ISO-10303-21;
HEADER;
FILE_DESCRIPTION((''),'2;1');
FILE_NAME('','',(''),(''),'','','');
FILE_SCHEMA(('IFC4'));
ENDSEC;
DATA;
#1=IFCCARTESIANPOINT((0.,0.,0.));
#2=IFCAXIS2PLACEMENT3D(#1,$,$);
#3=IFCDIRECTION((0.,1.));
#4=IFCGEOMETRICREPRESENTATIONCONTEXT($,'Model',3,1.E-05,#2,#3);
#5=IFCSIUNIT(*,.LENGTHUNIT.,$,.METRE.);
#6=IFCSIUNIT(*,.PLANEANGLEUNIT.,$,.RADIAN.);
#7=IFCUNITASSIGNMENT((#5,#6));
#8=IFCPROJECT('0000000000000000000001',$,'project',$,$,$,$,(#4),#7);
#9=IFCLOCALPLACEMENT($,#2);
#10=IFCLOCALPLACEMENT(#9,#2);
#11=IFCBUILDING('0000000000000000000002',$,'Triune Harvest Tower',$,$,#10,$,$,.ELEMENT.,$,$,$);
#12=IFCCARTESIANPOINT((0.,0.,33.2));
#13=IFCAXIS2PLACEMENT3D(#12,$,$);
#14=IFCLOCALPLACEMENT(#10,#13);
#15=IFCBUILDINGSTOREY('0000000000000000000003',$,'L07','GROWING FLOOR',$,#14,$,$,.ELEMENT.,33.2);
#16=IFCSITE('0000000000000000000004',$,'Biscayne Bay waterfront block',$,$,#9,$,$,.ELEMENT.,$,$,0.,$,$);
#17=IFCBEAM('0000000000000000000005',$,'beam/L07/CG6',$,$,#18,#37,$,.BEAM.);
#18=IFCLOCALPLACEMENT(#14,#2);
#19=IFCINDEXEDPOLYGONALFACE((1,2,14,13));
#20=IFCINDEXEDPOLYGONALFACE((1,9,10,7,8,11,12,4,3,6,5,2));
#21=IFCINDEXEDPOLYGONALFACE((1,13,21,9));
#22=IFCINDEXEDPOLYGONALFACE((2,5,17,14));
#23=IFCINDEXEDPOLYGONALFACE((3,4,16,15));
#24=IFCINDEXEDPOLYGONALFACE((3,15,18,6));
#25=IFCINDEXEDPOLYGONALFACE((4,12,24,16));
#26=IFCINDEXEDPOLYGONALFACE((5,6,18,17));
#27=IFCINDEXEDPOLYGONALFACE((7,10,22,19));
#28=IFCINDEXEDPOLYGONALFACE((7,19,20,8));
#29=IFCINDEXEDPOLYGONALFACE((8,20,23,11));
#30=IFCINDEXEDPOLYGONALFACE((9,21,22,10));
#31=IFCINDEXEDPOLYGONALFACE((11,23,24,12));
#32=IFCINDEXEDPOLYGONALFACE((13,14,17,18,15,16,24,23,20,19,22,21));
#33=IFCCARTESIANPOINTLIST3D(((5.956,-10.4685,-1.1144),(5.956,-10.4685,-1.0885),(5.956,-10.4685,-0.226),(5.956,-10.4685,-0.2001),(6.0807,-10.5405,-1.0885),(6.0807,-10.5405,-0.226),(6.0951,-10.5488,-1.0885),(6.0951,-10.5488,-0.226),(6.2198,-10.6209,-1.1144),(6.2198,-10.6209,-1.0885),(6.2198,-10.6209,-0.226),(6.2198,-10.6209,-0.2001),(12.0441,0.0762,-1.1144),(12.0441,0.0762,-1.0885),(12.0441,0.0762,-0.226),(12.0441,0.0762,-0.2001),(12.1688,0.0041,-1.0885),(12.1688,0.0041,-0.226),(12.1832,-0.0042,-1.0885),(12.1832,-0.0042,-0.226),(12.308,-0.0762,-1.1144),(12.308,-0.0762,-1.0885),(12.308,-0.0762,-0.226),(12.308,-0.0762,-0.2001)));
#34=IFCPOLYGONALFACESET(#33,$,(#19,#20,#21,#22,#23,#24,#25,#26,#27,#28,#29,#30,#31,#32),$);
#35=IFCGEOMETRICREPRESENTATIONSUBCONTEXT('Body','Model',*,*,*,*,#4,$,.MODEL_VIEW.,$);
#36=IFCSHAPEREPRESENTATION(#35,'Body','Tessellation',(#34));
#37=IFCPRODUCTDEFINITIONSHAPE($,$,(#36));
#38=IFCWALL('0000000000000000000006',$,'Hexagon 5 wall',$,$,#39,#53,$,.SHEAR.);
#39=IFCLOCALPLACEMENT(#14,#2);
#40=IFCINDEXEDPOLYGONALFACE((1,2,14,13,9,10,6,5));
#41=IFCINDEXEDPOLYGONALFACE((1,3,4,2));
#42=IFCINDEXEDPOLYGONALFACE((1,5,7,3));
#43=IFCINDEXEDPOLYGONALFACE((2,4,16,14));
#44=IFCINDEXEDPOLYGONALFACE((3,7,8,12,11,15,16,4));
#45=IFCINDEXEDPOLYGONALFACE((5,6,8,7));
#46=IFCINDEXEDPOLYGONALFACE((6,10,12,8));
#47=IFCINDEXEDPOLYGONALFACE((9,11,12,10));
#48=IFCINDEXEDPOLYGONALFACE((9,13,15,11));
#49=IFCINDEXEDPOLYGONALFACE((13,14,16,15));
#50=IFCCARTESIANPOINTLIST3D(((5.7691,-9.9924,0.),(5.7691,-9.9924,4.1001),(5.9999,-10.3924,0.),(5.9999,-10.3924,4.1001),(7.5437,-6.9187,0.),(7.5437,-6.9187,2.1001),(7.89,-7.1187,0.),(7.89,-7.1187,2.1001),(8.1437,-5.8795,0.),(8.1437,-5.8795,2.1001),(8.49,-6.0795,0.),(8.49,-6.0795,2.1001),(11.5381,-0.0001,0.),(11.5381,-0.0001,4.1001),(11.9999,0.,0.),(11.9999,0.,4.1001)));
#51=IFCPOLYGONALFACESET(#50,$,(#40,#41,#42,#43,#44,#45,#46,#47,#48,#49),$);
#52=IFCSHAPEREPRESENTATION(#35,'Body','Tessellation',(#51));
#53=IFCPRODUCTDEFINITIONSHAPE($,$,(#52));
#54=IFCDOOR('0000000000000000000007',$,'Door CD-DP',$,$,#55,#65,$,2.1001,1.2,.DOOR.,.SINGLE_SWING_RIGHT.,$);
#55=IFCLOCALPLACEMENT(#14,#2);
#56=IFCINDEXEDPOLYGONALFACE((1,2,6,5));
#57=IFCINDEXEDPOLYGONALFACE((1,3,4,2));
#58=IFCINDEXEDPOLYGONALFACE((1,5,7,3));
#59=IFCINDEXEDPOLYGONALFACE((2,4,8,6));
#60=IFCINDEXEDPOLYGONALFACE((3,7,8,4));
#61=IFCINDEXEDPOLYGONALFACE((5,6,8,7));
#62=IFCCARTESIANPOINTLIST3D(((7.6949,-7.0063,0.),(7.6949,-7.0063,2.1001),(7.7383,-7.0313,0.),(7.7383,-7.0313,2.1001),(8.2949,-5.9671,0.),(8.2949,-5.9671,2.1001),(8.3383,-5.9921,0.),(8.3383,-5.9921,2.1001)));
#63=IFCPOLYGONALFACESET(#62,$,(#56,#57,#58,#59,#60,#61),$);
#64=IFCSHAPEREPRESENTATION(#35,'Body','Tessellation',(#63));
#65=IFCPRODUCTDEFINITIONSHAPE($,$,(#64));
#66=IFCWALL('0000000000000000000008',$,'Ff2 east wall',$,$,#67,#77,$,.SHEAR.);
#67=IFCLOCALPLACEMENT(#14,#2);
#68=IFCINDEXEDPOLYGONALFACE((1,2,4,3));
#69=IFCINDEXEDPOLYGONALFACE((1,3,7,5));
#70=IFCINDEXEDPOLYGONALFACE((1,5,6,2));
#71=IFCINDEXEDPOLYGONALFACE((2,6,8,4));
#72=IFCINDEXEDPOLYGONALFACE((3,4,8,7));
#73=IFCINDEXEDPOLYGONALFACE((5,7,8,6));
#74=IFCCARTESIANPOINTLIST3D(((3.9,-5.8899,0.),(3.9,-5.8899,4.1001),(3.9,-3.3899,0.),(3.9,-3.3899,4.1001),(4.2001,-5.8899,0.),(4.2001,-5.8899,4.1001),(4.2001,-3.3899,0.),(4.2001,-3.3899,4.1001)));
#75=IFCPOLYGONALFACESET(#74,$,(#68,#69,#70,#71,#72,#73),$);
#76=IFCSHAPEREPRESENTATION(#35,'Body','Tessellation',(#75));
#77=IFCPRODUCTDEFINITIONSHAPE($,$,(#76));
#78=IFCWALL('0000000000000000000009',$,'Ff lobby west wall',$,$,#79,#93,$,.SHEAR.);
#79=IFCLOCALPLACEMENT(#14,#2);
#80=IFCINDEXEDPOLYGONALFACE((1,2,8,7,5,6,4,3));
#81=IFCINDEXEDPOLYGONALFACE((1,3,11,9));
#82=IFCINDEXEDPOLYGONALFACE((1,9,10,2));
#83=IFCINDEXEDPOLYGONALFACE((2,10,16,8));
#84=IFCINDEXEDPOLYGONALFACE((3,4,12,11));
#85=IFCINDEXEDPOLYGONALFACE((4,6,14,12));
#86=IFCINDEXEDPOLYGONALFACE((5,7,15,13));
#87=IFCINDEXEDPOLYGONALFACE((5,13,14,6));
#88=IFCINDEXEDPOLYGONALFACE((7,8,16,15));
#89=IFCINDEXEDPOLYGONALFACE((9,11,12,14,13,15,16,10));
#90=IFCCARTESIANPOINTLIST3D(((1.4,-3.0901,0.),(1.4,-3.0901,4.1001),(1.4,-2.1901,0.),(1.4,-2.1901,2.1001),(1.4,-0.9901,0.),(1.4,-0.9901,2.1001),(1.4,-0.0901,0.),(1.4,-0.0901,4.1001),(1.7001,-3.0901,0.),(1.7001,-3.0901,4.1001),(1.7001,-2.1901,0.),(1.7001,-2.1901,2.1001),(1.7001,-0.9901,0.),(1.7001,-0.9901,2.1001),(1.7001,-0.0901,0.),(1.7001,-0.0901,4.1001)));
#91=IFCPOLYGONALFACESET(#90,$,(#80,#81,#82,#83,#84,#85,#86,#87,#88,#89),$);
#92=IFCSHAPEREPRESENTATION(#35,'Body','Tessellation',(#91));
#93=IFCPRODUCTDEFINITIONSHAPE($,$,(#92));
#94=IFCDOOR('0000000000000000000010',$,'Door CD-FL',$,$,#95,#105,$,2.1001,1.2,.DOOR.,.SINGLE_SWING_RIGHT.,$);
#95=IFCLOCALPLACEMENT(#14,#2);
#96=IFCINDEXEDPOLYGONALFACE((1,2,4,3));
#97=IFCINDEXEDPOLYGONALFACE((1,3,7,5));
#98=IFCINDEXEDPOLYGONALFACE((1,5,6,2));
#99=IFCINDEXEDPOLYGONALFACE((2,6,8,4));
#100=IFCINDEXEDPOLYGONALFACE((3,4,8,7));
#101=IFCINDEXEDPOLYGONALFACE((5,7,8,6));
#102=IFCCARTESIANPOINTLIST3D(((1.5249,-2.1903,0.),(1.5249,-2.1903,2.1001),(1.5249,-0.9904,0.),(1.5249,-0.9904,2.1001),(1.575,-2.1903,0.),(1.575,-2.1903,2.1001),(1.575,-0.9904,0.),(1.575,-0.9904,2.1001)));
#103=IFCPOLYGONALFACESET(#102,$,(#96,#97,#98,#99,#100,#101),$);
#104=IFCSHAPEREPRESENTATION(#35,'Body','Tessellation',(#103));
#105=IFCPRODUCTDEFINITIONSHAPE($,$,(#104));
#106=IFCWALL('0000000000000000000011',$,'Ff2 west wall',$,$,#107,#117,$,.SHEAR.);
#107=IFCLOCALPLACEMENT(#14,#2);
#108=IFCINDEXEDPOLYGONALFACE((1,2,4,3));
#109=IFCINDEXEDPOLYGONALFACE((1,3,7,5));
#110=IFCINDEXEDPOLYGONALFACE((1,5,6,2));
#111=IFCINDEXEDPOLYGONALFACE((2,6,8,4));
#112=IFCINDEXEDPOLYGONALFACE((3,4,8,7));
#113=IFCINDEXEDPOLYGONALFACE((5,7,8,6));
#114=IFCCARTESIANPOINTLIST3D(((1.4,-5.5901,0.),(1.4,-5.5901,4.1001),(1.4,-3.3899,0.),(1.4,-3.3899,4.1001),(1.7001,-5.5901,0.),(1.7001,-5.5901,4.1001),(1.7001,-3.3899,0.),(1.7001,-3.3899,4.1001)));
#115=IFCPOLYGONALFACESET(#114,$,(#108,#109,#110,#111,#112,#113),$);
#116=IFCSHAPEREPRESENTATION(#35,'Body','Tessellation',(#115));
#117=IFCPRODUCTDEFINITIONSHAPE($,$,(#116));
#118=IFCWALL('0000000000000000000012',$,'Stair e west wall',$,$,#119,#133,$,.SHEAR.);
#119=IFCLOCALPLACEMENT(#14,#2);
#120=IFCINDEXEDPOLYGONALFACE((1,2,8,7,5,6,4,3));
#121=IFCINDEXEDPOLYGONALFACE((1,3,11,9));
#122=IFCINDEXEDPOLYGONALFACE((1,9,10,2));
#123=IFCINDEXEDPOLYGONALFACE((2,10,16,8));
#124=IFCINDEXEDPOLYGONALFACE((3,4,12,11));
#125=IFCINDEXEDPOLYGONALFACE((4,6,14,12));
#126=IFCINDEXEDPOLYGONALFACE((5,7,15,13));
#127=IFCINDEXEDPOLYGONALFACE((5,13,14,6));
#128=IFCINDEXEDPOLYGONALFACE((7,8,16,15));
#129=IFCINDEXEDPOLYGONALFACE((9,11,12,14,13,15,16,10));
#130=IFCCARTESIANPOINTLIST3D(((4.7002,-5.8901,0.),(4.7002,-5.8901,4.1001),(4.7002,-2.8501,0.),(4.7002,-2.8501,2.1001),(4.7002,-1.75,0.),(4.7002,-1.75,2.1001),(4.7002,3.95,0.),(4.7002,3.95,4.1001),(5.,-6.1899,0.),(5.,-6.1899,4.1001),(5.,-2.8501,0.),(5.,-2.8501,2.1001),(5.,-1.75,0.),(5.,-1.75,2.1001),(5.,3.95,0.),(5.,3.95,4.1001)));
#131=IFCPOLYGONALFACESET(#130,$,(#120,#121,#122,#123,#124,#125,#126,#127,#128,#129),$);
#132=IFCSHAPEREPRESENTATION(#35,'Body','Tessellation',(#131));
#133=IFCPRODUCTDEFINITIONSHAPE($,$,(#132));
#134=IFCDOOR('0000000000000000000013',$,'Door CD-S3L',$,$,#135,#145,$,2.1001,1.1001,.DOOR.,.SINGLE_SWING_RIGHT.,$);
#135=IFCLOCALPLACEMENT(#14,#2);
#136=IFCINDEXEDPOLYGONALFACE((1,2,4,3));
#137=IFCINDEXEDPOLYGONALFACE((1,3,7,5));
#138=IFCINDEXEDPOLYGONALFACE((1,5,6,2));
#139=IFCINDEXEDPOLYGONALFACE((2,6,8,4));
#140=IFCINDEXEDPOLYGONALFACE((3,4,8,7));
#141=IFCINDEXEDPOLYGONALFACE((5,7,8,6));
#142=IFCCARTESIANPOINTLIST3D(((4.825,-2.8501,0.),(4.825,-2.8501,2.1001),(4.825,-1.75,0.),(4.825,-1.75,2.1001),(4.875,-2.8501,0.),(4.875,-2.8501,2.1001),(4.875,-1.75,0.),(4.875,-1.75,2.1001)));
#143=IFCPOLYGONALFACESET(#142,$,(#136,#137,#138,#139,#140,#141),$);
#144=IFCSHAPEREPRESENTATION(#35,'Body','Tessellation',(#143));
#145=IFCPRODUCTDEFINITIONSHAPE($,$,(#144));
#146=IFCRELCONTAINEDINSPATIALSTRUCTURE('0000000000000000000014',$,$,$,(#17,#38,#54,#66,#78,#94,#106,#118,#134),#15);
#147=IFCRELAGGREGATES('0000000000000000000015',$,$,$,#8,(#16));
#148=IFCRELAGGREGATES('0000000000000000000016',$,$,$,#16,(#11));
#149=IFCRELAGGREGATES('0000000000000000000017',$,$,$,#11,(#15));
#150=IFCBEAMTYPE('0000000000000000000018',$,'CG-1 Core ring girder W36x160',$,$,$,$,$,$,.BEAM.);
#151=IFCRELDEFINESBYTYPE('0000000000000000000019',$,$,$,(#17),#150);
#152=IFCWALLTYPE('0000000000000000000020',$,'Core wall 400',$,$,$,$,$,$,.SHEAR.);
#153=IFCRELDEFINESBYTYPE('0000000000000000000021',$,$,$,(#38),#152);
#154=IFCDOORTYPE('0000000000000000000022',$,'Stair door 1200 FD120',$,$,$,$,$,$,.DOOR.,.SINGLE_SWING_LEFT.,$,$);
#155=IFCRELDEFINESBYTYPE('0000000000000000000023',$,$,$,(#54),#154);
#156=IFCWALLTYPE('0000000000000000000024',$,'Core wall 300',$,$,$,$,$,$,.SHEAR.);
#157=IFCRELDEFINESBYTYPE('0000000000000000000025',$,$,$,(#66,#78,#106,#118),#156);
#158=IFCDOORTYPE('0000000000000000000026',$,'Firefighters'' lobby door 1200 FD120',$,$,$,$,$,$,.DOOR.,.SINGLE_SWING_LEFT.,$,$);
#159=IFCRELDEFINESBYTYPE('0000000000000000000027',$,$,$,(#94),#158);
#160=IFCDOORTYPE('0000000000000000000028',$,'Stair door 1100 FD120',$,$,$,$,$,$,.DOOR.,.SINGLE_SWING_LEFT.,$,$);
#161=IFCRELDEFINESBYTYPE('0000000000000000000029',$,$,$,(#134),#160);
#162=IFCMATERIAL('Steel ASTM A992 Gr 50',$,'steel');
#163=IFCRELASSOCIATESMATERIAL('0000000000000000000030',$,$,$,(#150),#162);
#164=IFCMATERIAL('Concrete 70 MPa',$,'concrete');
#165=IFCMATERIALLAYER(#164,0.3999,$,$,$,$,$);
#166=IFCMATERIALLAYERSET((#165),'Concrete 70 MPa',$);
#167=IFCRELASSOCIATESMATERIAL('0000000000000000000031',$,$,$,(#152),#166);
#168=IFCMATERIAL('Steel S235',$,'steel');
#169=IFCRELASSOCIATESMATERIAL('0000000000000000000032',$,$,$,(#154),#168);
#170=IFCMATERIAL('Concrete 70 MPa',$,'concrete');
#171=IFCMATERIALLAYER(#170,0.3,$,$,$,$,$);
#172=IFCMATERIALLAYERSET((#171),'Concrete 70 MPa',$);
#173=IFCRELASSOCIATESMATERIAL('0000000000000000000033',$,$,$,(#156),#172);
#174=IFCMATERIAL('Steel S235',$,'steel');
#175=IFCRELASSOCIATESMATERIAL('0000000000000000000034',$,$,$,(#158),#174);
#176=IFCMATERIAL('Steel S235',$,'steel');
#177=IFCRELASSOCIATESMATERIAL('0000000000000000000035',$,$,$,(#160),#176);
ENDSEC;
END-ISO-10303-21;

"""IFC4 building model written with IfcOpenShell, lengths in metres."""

from ifc_helpers import new_model, si_unit, direction, frame, frame_2d, origin, origin_2d, place, context, subcontext, project, spatial, polyline, rectangle, i_section, outline, extrude, source, transform, mapped, material, layer, layer_set, material_profile, profile_set, type_object, element, fill, save


model = new_model("IFC4")

# Units and contexts
model_context = context("Model", 3, precision=1e-05, world=origin(), true_north=direction((0.0, 1.0)))
body_context = subcontext(model_context, "Body", "Model", "MODEL_VIEW")
ifc_project = project(units=[si_unit("LENGTHUNIT", "METRE"), si_unit("PLANEANGLEUNIT", "RADIAN")], contexts=[model_context])

# Site, building, storey
site_placement = place(None, origin())
site = spatial("IfcSite", under=ifc_project, at=site_placement, Name="Biscayne Bay waterfront block", CompositionType="ELEMENT", RefElevation=0.0)
building_placement = place(site_placement, origin())
building = spatial("IfcBuilding", under=site, at=building_placement, Name="Triune Harvest Tower", CompositionType="ELEMENT")
storey_placement = place(building_placement, frame((0.0, 0.0, 33.2)))
storey = spatial("IfcBuildingStorey", under=building, at=storey_placement, Name="L07", Description="GROWING FLOOR", CompositionType="ELEMENT", Elevation=33.2)

# Beam
ifc_material_1 = material(Name="Steel ASTM A992 Gr 50", Category="steel")
ifc_material_profile = material_profile(ifc_material_1, i_section(OverallWidth=0.3047, OverallDepth=0.9143, WebThickness=0.0166, FlangeThickness=0.0259, at=origin_2d()), Name="W36x160")
ifc_profile_set = profile_set([ifc_material_profile], Name="Steel ASTM A992 Gr 50")
beam_type = type_object("IfcBeamType", Name="CG-1 Core ring girder W36x160", PredefinedType="BEAM", material=ifc_profile_set)
shared_shape_1 = source(origin(), body_context, "Body", "SweptSolid", [
    extrude(i_section(OverallWidth=0.3047, OverallDepth=0.9143, WebThickness=0.0166, FlangeThickness=0.0259, at=origin_2d()), origin(), (0.0, 0.0, 1.0), 12.176),
])
beam_placement = place(storey_placement, frame((6.0879, -10.5447, -0.6572), z_axis=(0.50001, 0.86602, 0.0), x_axis=(-0.86602, 0.50001, 0.0)))
element("IfcBeam", 1, at=beam_placement, inside=storey, type_object=beam_type, Name="beam/L07/CG6", PredefinedType="BEAM", context=body_context, shape_type="MappedRepresentation", body=[
    mapped(shared_shape_1, transform((0.0, 0.0, 0.0), scale=1.0)),
])

# Wall, opening, door
ifc_material_2 = material(Name="Concrete 70 MPa", Category="concrete")
ifc_layer_1 = layer(ifc_material_2, 0.3999)
ifc_layer_set_1 = layer_set([ifc_layer_1], Name="Concrete 70 MPa")
wall_type_1 = type_object("IfcWallType", Name="Core wall 400", PredefinedType="SHEAR", material=ifc_layer_set_1)
shared_shape_2 = source(origin(), body_context, "Body", "SweptSolid", [
    extrude(outline(polyline([(-0.1155, -0.2), (11.8845, -0.2), (11.6536, 0.2), (0.1155, 0.2), (-0.1155, -0.2)])), origin(), (0.0, 0.0, 1.0), 4.1001),
])
wall_1_placement = place(storey_placement, frame((5.8845, -10.1924, 0.0), z_axis=(0.0, 0.0, 1.0), x_axis=(0.499997, 0.866027, 0.0)))
wall_1 = element("IfcWall", 2, at=wall_1_placement, inside=storey, type_object=wall_type_1, Name="Hexagon 5 wall", PredefinedType="SHEAR", context=body_context, shape_type="MappedRepresentation", body=[
    mapped(shared_shape_2, transform((0.0, 0.0, 0.0), scale=1.0)),
])
opening_1_placement = place(wall_1_placement, frame((3.6646, 0.0, 0.0)))
opening_1 = element("IfcOpeningElement", 3, at=opening_1_placement, cuts=wall_1, PredefinedType="OPENING", context=body_context, shape_type="SweptSolid", body=[
    extrude(rectangle(XDim=1.2, YDim=2.1001, at=frame_2d((0.6001, 1.05))), frame((0.0, 0.21, 0.0), z_axis=(0.0, -1.0, 0.0), x_axis=(1.0, 0.0, 0.0)), (0.0, 0.0, 1.0), 0.4199),
])
ifc_material_3 = material(Name="Steel S235", Category="steel")
door_type_1 = type_object("IfcDoorType", Name="Stair door 1200 FD120", OperationType="SINGLE_SWING_LEFT", PredefinedType="DOOR", material=ifc_material_3)
door_1_placement = place(opening_1_placement, frame((1.2, 0.0, 0.0), z_axis=(0.0, 0.0, 1.0), x_axis=(-1.0, 0.0, 0.0)))
door_1 = element("IfcDoor", 4, at=door_1_placement, inside=storey, type_object=door_type_1, Name="Door CD-DP", OperationType="SINGLE_SWING_RIGHT", OverallHeight=2.1001, OverallWidth=1.2, PredefinedType="DOOR", context=body_context, shape_type="SweptSolid", body=[
    extrude(rectangle(XDim=1.2, YDim=2.1001, at=frame_2d((0.6001, 1.05))), frame((0.0, 0.0249, 0.0), z_axis=(0.0, -1.0, 0.0), x_axis=(1.0, 0.0, 0.0)), (0.0, 0.0, 1.0), 0.05),
])
fill(opening_1, door_1)

# Wall
ifc_material_4 = material(Name="Concrete 70 MPa", Category="concrete")
ifc_layer_2 = layer(ifc_material_4, 0.3)
ifc_layer_set_2 = layer_set([ifc_layer_2], Name="Concrete 70 MPa")
wall_type_2 = type_object("IfcWallType", Name="Core wall 300", PredefinedType="SHEAR", material=ifc_layer_set_2)
shared_shape_3 = source(origin(), body_context, "Body", "SweptSolid", [
    extrude(rectangle(XDim=2.5, YDim=0.3, at=frame_2d((1.25, 0.0))), origin(), (0.0, 0.0, 1.0), 4.1001),
])
wall_2_placement = place(storey_placement, frame((4.05, -5.8899, 0.0), z_axis=(0.0, 0.0, 1.0), x_axis=(0.0, 1.0, 0.0)))
element("IfcWall", 5, at=wall_2_placement, inside=storey, type_object=wall_type_2, Name="Ff2 east wall", PredefinedType="SHEAR", context=body_context, shape_type="MappedRepresentation", body=[
    mapped(shared_shape_3, transform((0.0, 0.0, 0.0), scale=1.0)),
])

# Wall, opening, door
shared_shape_4 = source(origin(), body_context, "Body", "SweptSolid", [
    extrude(rectangle(XDim=3.0, YDim=0.3, at=frame_2d((1.5, 0.0))), origin(), (0.0, 0.0, 1.0), 4.1001),
])
wall_3_placement = place(storey_placement, frame((1.55, -3.0901, 0.0), z_axis=(0.0, 0.0, 1.0), x_axis=(0.0, 1.0, 0.0)))
wall_3 = element("IfcWall", 6, at=wall_3_placement, inside=storey, type_object=wall_type_2, Name="Ff lobby west wall", PredefinedType="SHEAR", context=body_context, shape_type="MappedRepresentation", body=[
    mapped(shared_shape_4, transform((0.0, 0.0, 0.0), scale=1.0)),
])
opening_2_placement = place(wall_3_placement, frame((0.8999, 0.0, 0.0)))
opening_2 = element("IfcOpeningElement", 7, at=opening_2_placement, cuts=wall_3, PredefinedType="OPENING", context=body_context, shape_type="SweptSolid", body=[
    extrude(rectangle(XDim=1.2, YDim=2.1001, at=frame_2d((0.6001, 1.05))), frame((0.0, 0.1602, 0.0), z_axis=(0.0, -1.0, 0.0), x_axis=(1.0, 0.0, 0.0)), (0.0, 0.0, 1.0), 0.3201),
])
ifc_material_5 = material(Name="Steel S235", Category="steel")
door_type_2 = type_object("IfcDoorType", Name="Firefighters' lobby door 1200 FD120", OperationType="SINGLE_SWING_LEFT", PredefinedType="DOOR", material=ifc_material_5)
door_2_placement = place(opening_2_placement, frame((1.2, 0.0, 0.0), z_axis=(0.0, 0.0, 1.0), x_axis=(-1.0, 0.0, 0.0)))
door_2 = element("IfcDoor", 8, at=door_2_placement, inside=storey, type_object=door_type_2, Name="Door CD-FL", OperationType="SINGLE_SWING_RIGHT", OverallHeight=2.1001, OverallWidth=1.2, PredefinedType="DOOR", context=body_context, shape_type="SweptSolid", body=[
    extrude(rectangle(XDim=1.2, YDim=2.1001, at=frame_2d((0.6001, 1.05))), frame((0.0, 0.0249, 0.0), z_axis=(0.0, -1.0, 0.0), x_axis=(1.0, 0.0, 0.0)), (0.0, 0.0, 1.0), 0.05),
])
fill(opening_2, door_2)

# Wall
shared_shape_5 = source(origin(), body_context, "Body", "SweptSolid", [
    extrude(rectangle(XDim=2.2002, YDim=0.3, at=frame_2d((1.1001, 0.0))), origin(), (0.0, 0.0, 1.0), 4.1001),
])
wall_4_placement = place(storey_placement, frame((1.55, -5.5901, 0.0), z_axis=(0.0, 0.0, 1.0), x_axis=(0.0, 1.0, 0.0)))
element("IfcWall", 9, at=wall_4_placement, inside=storey, type_object=wall_type_2, Name="Ff2 west wall", PredefinedType="SHEAR", context=body_context, shape_type="MappedRepresentation", body=[
    mapped(shared_shape_5, transform((0.0, 0.0, 0.0), scale=1.0)),
])

# Wall, opening, door
shared_shape_6 = source(origin(), body_context, "Body", "SweptSolid", [
    extrude(outline(polyline([(-0.1499, -0.1499), (9.99, -0.1499), (9.99, 0.1499), (0.1499, 0.1499), (-0.1499, -0.1499)])), origin(), (0.0, 0.0, 1.0), 4.1001),
])
wall_5_placement = place(storey_placement, frame((4.8501, -6.04, 0.0), z_axis=(0.0, 0.0, 1.0), x_axis=(0.0, 1.0, 0.0)))
wall_5 = element("IfcWall", 10, at=wall_5_placement, inside=storey, type_object=wall_type_2, Name="Stair e west wall", PredefinedType="SHEAR", context=body_context, shape_type="MappedRepresentation", body=[
    mapped(shared_shape_6, transform((0.0, 0.0, 0.0), scale=1.0)),
])
opening_3_placement = place(wall_5_placement, frame((3.1899, 0.0, 0.0)))
opening_3 = element("IfcOpeningElement", 11, at=opening_3_placement, cuts=wall_5, PredefinedType="OPENING", context=body_context, shape_type="SweptSolid", body=[
    extrude(rectangle(XDim=1.1001, YDim=2.1001, at=frame_2d((0.55, 1.05))), frame((0.0, 0.1602, 0.0), z_axis=(0.0, -1.0, 0.0), x_axis=(1.0, 0.0, 0.0)), (0.0, 0.0, 1.0), 0.3201),
])
ifc_material_6 = material(Name="Steel S235", Category="steel")
door_type_3 = type_object("IfcDoorType", Name="Stair door 1100 FD120", OperationType="SINGLE_SWING_LEFT", PredefinedType="DOOR", material=ifc_material_6)
door_3_placement = place(opening_3_placement, frame((1.1001, 0.0, 0.0), z_axis=(0.0, 0.0, 1.0), x_axis=(-1.0, 0.0, 0.0)))
door_3 = element("IfcDoor", 12, at=door_3_placement, inside=storey, type_object=door_type_3, Name="Door CD-S3L", OperationType="SINGLE_SWING_RIGHT", OverallHeight=2.1001, OverallWidth=1.1001, PredefinedType="DOOR", context=body_context, shape_type="SweptSolid", body=[
    extrude(rectangle(XDim=1.1001, YDim=2.1001, at=frame_2d((0.55, 1.05))), frame((0.0, 0.0249, 0.0), z_axis=(0.0, -1.0, 0.0), x_axis=(1.0, 0.0, 0.0)), (0.0, 0.0, 1.0), 0.05),
])
fill(opening_3, door_3)

save(model, "model.ifc")
